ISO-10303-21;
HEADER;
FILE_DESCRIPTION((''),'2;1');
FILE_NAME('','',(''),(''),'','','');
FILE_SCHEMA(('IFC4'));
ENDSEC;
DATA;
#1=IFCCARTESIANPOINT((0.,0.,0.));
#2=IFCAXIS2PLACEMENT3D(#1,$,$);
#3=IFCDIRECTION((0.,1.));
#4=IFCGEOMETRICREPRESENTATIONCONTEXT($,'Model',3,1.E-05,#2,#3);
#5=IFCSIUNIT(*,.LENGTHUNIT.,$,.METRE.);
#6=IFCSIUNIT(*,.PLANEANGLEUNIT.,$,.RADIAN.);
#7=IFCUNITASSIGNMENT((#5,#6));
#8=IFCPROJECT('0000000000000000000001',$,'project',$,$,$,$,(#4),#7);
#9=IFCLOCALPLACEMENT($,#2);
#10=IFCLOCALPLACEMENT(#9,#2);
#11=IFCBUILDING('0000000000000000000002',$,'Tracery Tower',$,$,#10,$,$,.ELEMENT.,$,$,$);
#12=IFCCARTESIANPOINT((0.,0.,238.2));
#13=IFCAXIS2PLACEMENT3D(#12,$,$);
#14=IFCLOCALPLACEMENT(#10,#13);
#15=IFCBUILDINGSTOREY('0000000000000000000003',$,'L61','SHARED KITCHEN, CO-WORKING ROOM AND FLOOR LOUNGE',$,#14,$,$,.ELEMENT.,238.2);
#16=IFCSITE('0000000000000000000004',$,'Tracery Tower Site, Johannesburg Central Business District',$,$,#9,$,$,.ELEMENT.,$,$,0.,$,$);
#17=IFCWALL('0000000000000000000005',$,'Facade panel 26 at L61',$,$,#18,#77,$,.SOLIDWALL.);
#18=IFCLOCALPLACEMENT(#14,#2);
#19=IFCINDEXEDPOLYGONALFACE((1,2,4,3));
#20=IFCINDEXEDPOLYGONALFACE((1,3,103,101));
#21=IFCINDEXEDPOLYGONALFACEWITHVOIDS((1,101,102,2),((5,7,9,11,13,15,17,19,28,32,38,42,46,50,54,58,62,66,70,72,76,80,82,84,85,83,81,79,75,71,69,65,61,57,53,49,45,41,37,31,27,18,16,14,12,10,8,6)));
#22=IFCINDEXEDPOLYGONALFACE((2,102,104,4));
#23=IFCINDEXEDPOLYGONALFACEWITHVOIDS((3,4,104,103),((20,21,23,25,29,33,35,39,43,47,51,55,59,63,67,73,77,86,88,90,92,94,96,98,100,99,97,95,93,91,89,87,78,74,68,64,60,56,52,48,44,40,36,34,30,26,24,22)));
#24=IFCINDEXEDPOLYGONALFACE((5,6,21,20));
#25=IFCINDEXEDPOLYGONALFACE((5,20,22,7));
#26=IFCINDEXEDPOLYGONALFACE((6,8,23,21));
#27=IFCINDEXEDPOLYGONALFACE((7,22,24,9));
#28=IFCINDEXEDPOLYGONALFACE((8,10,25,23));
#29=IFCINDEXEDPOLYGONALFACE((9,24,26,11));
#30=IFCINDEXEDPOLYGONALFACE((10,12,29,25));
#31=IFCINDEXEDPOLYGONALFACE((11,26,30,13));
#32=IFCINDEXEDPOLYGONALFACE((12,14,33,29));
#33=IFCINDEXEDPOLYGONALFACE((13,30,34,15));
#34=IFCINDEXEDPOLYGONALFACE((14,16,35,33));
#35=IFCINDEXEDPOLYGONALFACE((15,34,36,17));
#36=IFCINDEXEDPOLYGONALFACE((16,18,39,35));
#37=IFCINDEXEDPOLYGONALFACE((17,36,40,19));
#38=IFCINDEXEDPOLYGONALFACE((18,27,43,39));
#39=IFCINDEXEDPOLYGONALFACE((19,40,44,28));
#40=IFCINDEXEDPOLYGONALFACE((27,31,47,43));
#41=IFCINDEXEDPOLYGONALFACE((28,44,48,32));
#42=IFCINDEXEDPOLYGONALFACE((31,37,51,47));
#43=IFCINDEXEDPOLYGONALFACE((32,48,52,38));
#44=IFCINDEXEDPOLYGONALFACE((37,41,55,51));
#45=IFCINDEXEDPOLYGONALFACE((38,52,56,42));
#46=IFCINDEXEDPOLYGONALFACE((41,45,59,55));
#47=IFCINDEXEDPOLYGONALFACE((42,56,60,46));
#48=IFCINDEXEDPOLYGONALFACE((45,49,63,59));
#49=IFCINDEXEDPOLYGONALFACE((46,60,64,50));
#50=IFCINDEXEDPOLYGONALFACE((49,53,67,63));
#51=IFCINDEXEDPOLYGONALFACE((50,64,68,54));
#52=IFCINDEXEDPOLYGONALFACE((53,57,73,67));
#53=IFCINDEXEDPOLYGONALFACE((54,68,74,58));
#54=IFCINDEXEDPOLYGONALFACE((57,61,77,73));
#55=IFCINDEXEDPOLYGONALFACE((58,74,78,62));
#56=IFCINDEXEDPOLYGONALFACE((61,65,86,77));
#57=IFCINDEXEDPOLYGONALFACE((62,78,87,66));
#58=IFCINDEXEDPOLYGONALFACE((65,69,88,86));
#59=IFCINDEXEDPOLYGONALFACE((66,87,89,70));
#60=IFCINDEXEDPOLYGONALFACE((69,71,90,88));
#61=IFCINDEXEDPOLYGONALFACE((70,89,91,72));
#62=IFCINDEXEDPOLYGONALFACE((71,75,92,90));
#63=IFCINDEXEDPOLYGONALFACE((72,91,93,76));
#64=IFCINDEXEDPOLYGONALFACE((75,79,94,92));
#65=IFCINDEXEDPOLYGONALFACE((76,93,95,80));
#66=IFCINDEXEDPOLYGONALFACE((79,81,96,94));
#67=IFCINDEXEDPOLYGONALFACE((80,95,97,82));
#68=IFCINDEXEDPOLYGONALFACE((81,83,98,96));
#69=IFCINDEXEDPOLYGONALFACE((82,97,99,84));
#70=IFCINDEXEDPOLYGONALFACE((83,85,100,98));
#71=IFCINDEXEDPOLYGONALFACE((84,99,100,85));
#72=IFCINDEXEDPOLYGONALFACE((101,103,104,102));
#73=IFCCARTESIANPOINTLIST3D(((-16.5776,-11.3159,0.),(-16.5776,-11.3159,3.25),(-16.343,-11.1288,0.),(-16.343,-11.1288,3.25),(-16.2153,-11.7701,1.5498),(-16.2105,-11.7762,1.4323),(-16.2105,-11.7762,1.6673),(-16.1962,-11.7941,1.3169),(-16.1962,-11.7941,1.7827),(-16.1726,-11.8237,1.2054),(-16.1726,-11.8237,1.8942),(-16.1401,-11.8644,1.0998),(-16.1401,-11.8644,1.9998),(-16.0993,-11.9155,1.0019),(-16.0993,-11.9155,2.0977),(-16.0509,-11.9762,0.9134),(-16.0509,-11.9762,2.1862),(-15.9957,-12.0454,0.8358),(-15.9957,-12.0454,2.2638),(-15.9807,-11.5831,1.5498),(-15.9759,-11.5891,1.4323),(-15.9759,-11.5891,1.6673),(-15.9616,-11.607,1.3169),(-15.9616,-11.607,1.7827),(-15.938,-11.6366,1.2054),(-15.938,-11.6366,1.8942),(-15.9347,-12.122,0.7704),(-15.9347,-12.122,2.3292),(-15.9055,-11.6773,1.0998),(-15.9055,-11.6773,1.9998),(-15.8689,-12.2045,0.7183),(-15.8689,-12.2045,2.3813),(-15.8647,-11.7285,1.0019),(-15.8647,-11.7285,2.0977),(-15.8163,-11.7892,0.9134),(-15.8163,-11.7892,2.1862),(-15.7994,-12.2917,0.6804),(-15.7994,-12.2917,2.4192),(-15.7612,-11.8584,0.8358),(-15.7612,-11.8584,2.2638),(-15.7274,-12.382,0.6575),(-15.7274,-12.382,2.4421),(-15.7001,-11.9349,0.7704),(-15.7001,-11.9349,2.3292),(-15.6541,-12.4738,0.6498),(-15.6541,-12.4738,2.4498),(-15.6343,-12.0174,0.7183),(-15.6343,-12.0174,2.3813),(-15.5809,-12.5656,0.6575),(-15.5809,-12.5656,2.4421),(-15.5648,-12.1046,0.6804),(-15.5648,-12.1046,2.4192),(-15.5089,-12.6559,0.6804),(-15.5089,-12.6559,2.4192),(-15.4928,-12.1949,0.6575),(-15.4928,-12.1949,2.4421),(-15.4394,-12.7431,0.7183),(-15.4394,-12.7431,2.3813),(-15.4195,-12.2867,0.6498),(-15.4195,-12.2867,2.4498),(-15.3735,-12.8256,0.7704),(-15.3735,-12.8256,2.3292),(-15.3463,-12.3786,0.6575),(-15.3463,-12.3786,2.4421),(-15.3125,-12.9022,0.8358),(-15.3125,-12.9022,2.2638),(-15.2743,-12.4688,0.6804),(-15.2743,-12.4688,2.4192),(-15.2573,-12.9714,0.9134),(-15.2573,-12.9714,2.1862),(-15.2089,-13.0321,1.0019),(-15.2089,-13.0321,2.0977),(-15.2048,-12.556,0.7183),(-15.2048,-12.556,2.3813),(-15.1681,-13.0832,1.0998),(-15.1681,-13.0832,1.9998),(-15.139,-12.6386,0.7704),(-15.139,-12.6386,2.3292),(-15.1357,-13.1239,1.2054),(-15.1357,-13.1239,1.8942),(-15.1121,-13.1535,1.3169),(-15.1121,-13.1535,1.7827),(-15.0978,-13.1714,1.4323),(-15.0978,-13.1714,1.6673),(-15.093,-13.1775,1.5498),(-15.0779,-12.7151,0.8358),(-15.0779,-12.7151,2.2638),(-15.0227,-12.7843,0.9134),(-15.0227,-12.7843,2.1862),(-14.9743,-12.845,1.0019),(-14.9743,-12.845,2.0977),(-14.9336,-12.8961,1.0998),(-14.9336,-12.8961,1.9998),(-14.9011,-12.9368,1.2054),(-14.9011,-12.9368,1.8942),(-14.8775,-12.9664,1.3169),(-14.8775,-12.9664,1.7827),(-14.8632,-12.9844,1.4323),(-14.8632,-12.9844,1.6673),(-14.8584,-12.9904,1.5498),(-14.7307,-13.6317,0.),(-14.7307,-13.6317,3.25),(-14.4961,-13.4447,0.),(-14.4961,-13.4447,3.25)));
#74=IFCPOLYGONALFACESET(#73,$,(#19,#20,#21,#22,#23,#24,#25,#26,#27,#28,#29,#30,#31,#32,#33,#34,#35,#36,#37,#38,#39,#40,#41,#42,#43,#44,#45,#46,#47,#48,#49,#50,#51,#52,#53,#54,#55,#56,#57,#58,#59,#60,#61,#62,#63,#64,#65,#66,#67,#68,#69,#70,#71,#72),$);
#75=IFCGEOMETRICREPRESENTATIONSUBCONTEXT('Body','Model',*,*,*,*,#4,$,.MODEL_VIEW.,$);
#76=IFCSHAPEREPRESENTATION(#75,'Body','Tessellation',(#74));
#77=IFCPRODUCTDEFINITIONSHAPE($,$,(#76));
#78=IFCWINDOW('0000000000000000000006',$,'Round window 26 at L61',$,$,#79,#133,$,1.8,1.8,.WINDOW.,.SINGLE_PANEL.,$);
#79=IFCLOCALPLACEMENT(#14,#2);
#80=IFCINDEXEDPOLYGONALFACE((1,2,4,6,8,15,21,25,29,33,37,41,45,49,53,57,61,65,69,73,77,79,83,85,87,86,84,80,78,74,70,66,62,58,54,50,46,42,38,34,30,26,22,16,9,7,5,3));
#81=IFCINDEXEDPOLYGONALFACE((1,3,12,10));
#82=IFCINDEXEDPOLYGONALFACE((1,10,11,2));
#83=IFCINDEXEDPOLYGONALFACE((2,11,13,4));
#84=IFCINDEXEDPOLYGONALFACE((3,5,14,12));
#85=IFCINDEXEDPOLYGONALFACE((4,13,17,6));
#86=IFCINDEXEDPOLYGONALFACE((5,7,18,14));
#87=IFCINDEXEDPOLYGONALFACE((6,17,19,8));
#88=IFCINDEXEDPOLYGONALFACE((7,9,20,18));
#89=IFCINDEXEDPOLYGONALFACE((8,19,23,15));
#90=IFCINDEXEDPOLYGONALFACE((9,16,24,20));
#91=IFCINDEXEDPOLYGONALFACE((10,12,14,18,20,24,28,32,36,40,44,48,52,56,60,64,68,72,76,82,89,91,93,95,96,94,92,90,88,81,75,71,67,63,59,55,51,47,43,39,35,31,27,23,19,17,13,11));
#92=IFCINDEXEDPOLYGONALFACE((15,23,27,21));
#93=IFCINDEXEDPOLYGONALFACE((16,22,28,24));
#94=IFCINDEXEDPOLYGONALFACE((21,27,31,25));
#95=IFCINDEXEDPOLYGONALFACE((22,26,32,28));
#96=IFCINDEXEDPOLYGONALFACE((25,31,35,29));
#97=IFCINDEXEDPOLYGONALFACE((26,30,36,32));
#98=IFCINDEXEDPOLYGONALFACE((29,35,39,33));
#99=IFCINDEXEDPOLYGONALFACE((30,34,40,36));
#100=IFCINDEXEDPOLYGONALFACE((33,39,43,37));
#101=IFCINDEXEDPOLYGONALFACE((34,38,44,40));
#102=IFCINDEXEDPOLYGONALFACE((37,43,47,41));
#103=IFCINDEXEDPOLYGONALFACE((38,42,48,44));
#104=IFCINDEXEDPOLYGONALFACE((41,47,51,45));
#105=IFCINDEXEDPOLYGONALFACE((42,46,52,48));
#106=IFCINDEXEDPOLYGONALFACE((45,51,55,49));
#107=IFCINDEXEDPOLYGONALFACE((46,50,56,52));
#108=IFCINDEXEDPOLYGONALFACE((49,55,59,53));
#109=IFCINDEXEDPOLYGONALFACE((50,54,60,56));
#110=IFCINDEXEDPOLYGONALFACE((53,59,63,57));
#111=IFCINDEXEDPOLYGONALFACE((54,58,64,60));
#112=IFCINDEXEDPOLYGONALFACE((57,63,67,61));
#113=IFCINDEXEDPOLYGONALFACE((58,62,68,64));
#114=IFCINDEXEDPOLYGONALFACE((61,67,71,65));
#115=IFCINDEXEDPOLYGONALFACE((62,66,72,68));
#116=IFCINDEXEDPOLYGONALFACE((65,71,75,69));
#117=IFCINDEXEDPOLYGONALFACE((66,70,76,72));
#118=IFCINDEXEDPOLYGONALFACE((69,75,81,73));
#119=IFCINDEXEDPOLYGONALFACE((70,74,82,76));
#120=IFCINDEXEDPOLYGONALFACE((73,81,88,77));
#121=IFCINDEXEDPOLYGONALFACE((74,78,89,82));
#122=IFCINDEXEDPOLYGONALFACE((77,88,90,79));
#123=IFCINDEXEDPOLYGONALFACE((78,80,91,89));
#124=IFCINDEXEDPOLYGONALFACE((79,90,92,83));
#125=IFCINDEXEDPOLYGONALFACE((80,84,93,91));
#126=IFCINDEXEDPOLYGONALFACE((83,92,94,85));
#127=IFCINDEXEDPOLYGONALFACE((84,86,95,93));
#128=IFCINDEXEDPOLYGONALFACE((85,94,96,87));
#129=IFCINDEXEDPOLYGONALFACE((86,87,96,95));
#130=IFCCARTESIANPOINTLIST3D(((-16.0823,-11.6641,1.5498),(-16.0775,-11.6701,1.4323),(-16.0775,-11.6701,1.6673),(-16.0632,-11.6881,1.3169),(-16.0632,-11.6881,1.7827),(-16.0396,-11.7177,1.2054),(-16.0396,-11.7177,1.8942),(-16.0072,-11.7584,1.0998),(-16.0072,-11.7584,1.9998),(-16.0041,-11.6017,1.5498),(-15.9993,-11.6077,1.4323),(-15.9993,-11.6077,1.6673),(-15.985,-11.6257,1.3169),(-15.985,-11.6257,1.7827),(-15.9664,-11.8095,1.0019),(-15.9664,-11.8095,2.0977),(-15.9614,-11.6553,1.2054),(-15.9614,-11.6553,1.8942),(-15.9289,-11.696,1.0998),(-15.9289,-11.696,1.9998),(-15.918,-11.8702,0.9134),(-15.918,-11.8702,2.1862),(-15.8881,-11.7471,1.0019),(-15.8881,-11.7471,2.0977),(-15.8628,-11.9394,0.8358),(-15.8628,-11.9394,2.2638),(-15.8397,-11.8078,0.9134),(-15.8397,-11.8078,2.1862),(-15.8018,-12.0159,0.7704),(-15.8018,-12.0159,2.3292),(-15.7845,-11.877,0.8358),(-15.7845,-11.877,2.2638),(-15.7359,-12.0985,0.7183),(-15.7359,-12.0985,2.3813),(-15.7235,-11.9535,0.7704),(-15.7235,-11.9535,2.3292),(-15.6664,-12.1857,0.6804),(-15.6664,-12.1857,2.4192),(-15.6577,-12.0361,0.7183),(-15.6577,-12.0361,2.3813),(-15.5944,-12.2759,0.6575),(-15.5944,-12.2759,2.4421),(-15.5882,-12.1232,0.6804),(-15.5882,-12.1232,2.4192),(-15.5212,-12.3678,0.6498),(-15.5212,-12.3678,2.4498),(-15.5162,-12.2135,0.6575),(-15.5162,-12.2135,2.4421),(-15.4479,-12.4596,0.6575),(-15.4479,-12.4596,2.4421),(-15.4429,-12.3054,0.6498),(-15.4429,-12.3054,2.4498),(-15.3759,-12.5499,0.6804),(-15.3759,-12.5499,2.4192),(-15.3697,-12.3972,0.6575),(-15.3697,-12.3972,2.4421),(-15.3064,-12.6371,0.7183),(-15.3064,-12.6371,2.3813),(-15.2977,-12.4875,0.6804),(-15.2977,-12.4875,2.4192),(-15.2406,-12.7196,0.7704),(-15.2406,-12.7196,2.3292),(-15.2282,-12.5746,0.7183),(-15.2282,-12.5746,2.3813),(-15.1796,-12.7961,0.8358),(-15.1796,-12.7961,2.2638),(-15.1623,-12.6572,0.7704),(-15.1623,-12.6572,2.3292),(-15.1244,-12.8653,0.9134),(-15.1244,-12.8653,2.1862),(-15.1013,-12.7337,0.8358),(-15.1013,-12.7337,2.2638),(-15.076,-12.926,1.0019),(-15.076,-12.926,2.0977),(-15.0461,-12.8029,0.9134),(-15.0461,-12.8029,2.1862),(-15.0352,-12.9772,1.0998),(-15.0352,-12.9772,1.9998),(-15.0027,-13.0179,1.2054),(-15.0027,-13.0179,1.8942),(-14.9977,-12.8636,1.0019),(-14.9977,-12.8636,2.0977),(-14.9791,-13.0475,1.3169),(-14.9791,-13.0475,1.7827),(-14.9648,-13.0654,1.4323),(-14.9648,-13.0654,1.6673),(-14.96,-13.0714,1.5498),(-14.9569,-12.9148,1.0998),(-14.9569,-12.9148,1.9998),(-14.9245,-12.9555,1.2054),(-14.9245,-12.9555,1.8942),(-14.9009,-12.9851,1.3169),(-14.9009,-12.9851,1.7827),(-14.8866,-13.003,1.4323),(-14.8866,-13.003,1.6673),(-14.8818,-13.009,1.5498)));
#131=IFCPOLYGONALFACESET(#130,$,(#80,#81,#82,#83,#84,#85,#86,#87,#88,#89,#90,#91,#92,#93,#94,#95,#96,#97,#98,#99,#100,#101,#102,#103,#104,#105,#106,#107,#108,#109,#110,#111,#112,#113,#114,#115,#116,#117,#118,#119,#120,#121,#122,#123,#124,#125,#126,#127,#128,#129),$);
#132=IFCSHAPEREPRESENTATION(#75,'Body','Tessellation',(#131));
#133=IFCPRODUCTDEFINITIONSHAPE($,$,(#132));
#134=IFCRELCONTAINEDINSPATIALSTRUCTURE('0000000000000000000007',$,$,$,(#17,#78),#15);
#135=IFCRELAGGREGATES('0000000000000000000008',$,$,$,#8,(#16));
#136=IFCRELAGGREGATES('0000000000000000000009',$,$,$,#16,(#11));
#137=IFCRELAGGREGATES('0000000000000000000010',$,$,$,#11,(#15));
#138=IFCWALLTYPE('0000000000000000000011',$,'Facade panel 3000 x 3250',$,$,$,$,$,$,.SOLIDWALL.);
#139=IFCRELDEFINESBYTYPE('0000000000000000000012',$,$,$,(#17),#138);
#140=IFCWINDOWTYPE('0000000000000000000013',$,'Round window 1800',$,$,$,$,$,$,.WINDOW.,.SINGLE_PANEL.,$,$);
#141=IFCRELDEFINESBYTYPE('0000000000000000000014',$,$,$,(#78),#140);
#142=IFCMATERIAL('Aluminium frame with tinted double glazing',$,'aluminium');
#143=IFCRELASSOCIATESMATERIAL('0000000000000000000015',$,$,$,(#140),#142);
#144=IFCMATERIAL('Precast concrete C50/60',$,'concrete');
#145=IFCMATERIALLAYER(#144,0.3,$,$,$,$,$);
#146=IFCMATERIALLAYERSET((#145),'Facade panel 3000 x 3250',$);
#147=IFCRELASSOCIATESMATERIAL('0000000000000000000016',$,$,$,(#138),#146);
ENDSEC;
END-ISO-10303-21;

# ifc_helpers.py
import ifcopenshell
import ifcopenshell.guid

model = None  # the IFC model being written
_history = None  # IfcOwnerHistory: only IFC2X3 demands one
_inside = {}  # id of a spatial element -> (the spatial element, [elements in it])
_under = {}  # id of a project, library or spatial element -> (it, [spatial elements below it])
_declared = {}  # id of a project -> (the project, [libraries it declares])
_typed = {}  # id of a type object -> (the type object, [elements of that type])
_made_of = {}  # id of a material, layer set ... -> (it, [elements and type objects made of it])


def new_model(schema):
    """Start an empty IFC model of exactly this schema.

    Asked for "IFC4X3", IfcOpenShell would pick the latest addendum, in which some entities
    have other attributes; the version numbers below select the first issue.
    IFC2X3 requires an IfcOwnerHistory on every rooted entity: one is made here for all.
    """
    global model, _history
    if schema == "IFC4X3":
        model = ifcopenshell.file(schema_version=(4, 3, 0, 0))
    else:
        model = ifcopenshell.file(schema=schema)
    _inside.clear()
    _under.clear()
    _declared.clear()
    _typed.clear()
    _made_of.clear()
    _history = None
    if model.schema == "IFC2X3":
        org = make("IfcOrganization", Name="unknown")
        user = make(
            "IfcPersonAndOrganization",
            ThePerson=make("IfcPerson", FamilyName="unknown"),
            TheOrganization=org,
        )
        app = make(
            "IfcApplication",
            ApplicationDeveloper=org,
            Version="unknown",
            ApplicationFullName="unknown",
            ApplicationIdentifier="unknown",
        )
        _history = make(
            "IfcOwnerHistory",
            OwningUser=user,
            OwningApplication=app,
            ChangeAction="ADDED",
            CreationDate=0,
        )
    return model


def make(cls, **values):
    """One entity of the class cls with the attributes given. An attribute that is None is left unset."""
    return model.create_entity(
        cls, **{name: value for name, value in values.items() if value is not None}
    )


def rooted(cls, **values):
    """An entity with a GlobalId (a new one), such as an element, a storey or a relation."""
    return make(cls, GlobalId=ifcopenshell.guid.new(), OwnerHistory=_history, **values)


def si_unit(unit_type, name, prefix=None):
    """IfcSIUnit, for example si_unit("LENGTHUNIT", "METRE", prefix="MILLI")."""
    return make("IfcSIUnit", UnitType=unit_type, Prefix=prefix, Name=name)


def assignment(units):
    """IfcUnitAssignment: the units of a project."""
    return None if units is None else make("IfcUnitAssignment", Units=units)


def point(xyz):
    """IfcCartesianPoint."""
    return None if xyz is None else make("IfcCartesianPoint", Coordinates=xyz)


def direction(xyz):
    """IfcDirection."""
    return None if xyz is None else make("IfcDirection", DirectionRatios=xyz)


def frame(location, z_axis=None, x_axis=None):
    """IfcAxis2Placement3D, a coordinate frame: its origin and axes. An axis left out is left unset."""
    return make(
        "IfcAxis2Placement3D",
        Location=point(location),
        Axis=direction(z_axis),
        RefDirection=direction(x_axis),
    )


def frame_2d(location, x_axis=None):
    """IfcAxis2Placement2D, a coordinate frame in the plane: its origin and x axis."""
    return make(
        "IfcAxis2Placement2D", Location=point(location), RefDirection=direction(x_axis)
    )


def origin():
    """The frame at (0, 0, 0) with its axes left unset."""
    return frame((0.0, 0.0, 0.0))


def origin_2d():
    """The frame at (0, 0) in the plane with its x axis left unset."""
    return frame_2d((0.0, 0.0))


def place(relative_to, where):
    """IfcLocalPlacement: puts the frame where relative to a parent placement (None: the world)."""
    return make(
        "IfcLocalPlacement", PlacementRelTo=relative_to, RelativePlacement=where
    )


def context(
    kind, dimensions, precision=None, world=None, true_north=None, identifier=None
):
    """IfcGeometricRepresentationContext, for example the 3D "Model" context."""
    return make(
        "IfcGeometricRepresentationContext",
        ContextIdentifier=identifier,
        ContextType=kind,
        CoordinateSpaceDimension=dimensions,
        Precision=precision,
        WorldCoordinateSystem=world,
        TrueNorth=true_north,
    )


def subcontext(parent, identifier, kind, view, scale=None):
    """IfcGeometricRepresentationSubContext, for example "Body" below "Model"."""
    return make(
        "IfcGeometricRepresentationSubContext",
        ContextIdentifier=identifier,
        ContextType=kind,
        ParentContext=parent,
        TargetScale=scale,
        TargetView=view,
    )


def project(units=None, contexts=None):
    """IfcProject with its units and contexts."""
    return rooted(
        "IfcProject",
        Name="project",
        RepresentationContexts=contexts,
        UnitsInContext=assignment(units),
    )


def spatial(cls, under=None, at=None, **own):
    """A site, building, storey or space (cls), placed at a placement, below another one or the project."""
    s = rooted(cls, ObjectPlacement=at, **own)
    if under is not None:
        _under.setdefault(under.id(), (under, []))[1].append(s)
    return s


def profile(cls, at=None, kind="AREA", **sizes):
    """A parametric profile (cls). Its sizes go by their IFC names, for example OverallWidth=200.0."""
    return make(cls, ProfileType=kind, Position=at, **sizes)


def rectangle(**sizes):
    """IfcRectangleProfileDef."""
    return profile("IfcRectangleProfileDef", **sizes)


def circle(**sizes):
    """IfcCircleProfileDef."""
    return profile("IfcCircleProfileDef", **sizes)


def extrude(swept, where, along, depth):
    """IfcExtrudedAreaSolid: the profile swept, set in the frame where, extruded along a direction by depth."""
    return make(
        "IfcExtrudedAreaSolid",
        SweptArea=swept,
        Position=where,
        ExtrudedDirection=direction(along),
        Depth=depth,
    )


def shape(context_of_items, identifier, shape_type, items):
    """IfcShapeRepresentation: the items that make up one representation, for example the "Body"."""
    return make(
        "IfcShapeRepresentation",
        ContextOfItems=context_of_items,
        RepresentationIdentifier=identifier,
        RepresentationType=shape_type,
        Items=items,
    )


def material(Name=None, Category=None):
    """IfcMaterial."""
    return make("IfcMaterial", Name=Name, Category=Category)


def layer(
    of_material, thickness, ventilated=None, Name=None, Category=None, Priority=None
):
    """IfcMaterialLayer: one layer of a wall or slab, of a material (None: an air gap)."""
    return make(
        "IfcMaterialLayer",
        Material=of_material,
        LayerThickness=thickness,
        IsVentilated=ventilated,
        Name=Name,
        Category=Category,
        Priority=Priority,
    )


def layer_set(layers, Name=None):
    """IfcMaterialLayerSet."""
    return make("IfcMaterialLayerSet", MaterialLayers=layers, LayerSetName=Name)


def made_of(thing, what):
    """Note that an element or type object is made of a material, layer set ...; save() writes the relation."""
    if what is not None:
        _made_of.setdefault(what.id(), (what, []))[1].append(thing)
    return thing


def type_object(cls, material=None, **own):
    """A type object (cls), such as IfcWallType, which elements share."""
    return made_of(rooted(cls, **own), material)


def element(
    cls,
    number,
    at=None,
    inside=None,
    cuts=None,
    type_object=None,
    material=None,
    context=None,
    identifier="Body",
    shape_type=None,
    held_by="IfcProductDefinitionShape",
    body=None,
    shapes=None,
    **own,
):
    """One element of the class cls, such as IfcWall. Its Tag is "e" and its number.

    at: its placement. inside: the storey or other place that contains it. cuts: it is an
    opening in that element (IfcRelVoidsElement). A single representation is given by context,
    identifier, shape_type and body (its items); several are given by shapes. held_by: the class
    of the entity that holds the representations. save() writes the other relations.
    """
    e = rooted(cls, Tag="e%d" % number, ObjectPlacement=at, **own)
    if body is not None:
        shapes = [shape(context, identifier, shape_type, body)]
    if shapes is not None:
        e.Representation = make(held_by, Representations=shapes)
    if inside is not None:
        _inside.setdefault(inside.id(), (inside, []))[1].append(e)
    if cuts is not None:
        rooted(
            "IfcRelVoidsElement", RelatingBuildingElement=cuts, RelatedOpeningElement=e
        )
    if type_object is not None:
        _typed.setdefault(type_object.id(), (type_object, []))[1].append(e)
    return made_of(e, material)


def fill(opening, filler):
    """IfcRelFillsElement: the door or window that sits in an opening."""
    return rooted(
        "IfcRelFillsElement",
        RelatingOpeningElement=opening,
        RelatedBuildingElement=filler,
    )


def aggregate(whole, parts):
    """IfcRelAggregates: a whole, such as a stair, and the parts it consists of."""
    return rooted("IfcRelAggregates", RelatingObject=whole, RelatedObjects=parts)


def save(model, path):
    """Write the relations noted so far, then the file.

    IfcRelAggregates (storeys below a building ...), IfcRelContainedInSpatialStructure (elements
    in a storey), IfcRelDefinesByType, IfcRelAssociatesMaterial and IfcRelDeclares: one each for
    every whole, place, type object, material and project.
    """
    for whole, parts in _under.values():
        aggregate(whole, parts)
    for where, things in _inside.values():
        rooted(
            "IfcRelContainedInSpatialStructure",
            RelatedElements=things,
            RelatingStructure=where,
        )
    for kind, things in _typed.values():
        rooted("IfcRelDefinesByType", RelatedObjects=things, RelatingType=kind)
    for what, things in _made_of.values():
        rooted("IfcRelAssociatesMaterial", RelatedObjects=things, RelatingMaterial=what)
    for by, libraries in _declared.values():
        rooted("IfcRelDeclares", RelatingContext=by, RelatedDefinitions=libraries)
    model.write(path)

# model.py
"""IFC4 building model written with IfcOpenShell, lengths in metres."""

from ifc_helpers import new_model, si_unit, direction, frame, frame_2d, origin, origin_2d, place, context, subcontext, project, spatial, rectangle, circle, extrude, material, layer, layer_set, type_object, element, fill, save


model = new_model("IFC4")

# Units and contexts
model_context = context("Model", 3, precision=1e-05, world=origin(), true_north=direction((0.0, 1.0)))
body_context = subcontext(model_context, "Body", "Model", "MODEL_VIEW")
ifc_project = project(units=[si_unit("LENGTHUNIT", "METRE"), si_unit("PLANEANGLEUNIT", "RADIAN")], contexts=[model_context])

# Site, building, storey
site_placement = place(None, origin())
site = spatial("IfcSite", under=ifc_project, at=site_placement, Name="Tracery Tower Site, Johannesburg Central Business District", CompositionType="ELEMENT", RefElevation=0.0)
building_placement = place(site_placement, origin())
building = spatial("IfcBuilding", under=site, at=building_placement, Name="Tracery Tower", CompositionType="ELEMENT")
storey_placement = place(building_placement, frame((0.0, 0.0, 238.2)))
storey = spatial("IfcBuildingStorey", under=building, at=storey_placement, Name="L61", Description="SHARED KITCHEN, CO-WORKING ROOM AND FLOOR LOUNGE", CompositionType="ELEMENT", Elevation=238.2)

# Wall, opening, window
ifc_material_1 = material(Name="Aluminium frame with tinted double glazing", Category="aluminium")
window_type = type_object("IfcWindowType", Name="Round window 1800", PartitioningType="SINGLE_PANEL", PredefinedType="WINDOW", material=ifc_material_1)
ifc_material_2 = material(Name="Precast concrete C50/60", Category="concrete")
ifc_layer_1 = layer(ifc_material_2, 0.3)
ifc_layer_set_1 = layer_set([ifc_layer_1], Name="Facade panel 3000 x 3250")
wall_type_1 = type_object("IfcWallType", Name="Facade panel 3000 x 3250", PredefinedType="SOLIDWALL", material=ifc_layer_set_1)
wall_1_placement = place(storey_placement, frame((-16.4602, -11.2224, 0.0), z_axis=(0.0, 0.0, 1.0), x_axis=(0.623498, -0.781825, 0.0)))
wall_1 = element("IfcWall", 1, at=wall_1_placement, inside=storey, type_object=wall_type_1, Name="Facade panel 26 at L61", PredefinedType="SOLIDWALL", context=body_context, shape_type="SweptSolid", body=[
    extrude(rectangle(XDim=2.9622, YDim=0.3, at=frame_2d((1.481, 0.0))), origin(), (0.0, 0.0, 1.0), 3.25),
])
opening_1_placement = place(wall_1_placement, frame((1.481, 0.0, 1.5498)))
opening_1 = element("IfcOpeningElement", 2, at=opening_1_placement, cuts=wall_1, PredefinedType="OPENING", context=body_context, shape_type="SweptSolid", body=[
    extrude(circle(Radius=0.9, at=origin_2d()), frame((0.0, 0.1599, 0.0), z_axis=(0.0, -1.0, 0.0), x_axis=(1.0, 0.0, 0.0)), (0.0, 0.0, 1.0), 0.3201),
])
window_1_placement = place(opening_1_placement, origin())
window_1 = element("IfcWindow", 3, at=window_1_placement, inside=storey, type_object=window_type, Name="Round window 26 at L61", OverallHeight=1.8, OverallWidth=1.8, PartitioningType="SINGLE_PANEL", PredefinedType="WINDOW", context=body_context, shape_type="SweptSolid", body=[
    extrude(circle(Radius=0.9, at=origin_2d()), frame((0.0, 0.1201, 0.0), z_axis=(0.0, -1.0, 0.0), x_axis=(1.0, 0.0, 0.0)), (0.0, 0.0, 1.0), 0.1001),
])
fill(opening_1, window_1)

save(model, "model.ifc")
